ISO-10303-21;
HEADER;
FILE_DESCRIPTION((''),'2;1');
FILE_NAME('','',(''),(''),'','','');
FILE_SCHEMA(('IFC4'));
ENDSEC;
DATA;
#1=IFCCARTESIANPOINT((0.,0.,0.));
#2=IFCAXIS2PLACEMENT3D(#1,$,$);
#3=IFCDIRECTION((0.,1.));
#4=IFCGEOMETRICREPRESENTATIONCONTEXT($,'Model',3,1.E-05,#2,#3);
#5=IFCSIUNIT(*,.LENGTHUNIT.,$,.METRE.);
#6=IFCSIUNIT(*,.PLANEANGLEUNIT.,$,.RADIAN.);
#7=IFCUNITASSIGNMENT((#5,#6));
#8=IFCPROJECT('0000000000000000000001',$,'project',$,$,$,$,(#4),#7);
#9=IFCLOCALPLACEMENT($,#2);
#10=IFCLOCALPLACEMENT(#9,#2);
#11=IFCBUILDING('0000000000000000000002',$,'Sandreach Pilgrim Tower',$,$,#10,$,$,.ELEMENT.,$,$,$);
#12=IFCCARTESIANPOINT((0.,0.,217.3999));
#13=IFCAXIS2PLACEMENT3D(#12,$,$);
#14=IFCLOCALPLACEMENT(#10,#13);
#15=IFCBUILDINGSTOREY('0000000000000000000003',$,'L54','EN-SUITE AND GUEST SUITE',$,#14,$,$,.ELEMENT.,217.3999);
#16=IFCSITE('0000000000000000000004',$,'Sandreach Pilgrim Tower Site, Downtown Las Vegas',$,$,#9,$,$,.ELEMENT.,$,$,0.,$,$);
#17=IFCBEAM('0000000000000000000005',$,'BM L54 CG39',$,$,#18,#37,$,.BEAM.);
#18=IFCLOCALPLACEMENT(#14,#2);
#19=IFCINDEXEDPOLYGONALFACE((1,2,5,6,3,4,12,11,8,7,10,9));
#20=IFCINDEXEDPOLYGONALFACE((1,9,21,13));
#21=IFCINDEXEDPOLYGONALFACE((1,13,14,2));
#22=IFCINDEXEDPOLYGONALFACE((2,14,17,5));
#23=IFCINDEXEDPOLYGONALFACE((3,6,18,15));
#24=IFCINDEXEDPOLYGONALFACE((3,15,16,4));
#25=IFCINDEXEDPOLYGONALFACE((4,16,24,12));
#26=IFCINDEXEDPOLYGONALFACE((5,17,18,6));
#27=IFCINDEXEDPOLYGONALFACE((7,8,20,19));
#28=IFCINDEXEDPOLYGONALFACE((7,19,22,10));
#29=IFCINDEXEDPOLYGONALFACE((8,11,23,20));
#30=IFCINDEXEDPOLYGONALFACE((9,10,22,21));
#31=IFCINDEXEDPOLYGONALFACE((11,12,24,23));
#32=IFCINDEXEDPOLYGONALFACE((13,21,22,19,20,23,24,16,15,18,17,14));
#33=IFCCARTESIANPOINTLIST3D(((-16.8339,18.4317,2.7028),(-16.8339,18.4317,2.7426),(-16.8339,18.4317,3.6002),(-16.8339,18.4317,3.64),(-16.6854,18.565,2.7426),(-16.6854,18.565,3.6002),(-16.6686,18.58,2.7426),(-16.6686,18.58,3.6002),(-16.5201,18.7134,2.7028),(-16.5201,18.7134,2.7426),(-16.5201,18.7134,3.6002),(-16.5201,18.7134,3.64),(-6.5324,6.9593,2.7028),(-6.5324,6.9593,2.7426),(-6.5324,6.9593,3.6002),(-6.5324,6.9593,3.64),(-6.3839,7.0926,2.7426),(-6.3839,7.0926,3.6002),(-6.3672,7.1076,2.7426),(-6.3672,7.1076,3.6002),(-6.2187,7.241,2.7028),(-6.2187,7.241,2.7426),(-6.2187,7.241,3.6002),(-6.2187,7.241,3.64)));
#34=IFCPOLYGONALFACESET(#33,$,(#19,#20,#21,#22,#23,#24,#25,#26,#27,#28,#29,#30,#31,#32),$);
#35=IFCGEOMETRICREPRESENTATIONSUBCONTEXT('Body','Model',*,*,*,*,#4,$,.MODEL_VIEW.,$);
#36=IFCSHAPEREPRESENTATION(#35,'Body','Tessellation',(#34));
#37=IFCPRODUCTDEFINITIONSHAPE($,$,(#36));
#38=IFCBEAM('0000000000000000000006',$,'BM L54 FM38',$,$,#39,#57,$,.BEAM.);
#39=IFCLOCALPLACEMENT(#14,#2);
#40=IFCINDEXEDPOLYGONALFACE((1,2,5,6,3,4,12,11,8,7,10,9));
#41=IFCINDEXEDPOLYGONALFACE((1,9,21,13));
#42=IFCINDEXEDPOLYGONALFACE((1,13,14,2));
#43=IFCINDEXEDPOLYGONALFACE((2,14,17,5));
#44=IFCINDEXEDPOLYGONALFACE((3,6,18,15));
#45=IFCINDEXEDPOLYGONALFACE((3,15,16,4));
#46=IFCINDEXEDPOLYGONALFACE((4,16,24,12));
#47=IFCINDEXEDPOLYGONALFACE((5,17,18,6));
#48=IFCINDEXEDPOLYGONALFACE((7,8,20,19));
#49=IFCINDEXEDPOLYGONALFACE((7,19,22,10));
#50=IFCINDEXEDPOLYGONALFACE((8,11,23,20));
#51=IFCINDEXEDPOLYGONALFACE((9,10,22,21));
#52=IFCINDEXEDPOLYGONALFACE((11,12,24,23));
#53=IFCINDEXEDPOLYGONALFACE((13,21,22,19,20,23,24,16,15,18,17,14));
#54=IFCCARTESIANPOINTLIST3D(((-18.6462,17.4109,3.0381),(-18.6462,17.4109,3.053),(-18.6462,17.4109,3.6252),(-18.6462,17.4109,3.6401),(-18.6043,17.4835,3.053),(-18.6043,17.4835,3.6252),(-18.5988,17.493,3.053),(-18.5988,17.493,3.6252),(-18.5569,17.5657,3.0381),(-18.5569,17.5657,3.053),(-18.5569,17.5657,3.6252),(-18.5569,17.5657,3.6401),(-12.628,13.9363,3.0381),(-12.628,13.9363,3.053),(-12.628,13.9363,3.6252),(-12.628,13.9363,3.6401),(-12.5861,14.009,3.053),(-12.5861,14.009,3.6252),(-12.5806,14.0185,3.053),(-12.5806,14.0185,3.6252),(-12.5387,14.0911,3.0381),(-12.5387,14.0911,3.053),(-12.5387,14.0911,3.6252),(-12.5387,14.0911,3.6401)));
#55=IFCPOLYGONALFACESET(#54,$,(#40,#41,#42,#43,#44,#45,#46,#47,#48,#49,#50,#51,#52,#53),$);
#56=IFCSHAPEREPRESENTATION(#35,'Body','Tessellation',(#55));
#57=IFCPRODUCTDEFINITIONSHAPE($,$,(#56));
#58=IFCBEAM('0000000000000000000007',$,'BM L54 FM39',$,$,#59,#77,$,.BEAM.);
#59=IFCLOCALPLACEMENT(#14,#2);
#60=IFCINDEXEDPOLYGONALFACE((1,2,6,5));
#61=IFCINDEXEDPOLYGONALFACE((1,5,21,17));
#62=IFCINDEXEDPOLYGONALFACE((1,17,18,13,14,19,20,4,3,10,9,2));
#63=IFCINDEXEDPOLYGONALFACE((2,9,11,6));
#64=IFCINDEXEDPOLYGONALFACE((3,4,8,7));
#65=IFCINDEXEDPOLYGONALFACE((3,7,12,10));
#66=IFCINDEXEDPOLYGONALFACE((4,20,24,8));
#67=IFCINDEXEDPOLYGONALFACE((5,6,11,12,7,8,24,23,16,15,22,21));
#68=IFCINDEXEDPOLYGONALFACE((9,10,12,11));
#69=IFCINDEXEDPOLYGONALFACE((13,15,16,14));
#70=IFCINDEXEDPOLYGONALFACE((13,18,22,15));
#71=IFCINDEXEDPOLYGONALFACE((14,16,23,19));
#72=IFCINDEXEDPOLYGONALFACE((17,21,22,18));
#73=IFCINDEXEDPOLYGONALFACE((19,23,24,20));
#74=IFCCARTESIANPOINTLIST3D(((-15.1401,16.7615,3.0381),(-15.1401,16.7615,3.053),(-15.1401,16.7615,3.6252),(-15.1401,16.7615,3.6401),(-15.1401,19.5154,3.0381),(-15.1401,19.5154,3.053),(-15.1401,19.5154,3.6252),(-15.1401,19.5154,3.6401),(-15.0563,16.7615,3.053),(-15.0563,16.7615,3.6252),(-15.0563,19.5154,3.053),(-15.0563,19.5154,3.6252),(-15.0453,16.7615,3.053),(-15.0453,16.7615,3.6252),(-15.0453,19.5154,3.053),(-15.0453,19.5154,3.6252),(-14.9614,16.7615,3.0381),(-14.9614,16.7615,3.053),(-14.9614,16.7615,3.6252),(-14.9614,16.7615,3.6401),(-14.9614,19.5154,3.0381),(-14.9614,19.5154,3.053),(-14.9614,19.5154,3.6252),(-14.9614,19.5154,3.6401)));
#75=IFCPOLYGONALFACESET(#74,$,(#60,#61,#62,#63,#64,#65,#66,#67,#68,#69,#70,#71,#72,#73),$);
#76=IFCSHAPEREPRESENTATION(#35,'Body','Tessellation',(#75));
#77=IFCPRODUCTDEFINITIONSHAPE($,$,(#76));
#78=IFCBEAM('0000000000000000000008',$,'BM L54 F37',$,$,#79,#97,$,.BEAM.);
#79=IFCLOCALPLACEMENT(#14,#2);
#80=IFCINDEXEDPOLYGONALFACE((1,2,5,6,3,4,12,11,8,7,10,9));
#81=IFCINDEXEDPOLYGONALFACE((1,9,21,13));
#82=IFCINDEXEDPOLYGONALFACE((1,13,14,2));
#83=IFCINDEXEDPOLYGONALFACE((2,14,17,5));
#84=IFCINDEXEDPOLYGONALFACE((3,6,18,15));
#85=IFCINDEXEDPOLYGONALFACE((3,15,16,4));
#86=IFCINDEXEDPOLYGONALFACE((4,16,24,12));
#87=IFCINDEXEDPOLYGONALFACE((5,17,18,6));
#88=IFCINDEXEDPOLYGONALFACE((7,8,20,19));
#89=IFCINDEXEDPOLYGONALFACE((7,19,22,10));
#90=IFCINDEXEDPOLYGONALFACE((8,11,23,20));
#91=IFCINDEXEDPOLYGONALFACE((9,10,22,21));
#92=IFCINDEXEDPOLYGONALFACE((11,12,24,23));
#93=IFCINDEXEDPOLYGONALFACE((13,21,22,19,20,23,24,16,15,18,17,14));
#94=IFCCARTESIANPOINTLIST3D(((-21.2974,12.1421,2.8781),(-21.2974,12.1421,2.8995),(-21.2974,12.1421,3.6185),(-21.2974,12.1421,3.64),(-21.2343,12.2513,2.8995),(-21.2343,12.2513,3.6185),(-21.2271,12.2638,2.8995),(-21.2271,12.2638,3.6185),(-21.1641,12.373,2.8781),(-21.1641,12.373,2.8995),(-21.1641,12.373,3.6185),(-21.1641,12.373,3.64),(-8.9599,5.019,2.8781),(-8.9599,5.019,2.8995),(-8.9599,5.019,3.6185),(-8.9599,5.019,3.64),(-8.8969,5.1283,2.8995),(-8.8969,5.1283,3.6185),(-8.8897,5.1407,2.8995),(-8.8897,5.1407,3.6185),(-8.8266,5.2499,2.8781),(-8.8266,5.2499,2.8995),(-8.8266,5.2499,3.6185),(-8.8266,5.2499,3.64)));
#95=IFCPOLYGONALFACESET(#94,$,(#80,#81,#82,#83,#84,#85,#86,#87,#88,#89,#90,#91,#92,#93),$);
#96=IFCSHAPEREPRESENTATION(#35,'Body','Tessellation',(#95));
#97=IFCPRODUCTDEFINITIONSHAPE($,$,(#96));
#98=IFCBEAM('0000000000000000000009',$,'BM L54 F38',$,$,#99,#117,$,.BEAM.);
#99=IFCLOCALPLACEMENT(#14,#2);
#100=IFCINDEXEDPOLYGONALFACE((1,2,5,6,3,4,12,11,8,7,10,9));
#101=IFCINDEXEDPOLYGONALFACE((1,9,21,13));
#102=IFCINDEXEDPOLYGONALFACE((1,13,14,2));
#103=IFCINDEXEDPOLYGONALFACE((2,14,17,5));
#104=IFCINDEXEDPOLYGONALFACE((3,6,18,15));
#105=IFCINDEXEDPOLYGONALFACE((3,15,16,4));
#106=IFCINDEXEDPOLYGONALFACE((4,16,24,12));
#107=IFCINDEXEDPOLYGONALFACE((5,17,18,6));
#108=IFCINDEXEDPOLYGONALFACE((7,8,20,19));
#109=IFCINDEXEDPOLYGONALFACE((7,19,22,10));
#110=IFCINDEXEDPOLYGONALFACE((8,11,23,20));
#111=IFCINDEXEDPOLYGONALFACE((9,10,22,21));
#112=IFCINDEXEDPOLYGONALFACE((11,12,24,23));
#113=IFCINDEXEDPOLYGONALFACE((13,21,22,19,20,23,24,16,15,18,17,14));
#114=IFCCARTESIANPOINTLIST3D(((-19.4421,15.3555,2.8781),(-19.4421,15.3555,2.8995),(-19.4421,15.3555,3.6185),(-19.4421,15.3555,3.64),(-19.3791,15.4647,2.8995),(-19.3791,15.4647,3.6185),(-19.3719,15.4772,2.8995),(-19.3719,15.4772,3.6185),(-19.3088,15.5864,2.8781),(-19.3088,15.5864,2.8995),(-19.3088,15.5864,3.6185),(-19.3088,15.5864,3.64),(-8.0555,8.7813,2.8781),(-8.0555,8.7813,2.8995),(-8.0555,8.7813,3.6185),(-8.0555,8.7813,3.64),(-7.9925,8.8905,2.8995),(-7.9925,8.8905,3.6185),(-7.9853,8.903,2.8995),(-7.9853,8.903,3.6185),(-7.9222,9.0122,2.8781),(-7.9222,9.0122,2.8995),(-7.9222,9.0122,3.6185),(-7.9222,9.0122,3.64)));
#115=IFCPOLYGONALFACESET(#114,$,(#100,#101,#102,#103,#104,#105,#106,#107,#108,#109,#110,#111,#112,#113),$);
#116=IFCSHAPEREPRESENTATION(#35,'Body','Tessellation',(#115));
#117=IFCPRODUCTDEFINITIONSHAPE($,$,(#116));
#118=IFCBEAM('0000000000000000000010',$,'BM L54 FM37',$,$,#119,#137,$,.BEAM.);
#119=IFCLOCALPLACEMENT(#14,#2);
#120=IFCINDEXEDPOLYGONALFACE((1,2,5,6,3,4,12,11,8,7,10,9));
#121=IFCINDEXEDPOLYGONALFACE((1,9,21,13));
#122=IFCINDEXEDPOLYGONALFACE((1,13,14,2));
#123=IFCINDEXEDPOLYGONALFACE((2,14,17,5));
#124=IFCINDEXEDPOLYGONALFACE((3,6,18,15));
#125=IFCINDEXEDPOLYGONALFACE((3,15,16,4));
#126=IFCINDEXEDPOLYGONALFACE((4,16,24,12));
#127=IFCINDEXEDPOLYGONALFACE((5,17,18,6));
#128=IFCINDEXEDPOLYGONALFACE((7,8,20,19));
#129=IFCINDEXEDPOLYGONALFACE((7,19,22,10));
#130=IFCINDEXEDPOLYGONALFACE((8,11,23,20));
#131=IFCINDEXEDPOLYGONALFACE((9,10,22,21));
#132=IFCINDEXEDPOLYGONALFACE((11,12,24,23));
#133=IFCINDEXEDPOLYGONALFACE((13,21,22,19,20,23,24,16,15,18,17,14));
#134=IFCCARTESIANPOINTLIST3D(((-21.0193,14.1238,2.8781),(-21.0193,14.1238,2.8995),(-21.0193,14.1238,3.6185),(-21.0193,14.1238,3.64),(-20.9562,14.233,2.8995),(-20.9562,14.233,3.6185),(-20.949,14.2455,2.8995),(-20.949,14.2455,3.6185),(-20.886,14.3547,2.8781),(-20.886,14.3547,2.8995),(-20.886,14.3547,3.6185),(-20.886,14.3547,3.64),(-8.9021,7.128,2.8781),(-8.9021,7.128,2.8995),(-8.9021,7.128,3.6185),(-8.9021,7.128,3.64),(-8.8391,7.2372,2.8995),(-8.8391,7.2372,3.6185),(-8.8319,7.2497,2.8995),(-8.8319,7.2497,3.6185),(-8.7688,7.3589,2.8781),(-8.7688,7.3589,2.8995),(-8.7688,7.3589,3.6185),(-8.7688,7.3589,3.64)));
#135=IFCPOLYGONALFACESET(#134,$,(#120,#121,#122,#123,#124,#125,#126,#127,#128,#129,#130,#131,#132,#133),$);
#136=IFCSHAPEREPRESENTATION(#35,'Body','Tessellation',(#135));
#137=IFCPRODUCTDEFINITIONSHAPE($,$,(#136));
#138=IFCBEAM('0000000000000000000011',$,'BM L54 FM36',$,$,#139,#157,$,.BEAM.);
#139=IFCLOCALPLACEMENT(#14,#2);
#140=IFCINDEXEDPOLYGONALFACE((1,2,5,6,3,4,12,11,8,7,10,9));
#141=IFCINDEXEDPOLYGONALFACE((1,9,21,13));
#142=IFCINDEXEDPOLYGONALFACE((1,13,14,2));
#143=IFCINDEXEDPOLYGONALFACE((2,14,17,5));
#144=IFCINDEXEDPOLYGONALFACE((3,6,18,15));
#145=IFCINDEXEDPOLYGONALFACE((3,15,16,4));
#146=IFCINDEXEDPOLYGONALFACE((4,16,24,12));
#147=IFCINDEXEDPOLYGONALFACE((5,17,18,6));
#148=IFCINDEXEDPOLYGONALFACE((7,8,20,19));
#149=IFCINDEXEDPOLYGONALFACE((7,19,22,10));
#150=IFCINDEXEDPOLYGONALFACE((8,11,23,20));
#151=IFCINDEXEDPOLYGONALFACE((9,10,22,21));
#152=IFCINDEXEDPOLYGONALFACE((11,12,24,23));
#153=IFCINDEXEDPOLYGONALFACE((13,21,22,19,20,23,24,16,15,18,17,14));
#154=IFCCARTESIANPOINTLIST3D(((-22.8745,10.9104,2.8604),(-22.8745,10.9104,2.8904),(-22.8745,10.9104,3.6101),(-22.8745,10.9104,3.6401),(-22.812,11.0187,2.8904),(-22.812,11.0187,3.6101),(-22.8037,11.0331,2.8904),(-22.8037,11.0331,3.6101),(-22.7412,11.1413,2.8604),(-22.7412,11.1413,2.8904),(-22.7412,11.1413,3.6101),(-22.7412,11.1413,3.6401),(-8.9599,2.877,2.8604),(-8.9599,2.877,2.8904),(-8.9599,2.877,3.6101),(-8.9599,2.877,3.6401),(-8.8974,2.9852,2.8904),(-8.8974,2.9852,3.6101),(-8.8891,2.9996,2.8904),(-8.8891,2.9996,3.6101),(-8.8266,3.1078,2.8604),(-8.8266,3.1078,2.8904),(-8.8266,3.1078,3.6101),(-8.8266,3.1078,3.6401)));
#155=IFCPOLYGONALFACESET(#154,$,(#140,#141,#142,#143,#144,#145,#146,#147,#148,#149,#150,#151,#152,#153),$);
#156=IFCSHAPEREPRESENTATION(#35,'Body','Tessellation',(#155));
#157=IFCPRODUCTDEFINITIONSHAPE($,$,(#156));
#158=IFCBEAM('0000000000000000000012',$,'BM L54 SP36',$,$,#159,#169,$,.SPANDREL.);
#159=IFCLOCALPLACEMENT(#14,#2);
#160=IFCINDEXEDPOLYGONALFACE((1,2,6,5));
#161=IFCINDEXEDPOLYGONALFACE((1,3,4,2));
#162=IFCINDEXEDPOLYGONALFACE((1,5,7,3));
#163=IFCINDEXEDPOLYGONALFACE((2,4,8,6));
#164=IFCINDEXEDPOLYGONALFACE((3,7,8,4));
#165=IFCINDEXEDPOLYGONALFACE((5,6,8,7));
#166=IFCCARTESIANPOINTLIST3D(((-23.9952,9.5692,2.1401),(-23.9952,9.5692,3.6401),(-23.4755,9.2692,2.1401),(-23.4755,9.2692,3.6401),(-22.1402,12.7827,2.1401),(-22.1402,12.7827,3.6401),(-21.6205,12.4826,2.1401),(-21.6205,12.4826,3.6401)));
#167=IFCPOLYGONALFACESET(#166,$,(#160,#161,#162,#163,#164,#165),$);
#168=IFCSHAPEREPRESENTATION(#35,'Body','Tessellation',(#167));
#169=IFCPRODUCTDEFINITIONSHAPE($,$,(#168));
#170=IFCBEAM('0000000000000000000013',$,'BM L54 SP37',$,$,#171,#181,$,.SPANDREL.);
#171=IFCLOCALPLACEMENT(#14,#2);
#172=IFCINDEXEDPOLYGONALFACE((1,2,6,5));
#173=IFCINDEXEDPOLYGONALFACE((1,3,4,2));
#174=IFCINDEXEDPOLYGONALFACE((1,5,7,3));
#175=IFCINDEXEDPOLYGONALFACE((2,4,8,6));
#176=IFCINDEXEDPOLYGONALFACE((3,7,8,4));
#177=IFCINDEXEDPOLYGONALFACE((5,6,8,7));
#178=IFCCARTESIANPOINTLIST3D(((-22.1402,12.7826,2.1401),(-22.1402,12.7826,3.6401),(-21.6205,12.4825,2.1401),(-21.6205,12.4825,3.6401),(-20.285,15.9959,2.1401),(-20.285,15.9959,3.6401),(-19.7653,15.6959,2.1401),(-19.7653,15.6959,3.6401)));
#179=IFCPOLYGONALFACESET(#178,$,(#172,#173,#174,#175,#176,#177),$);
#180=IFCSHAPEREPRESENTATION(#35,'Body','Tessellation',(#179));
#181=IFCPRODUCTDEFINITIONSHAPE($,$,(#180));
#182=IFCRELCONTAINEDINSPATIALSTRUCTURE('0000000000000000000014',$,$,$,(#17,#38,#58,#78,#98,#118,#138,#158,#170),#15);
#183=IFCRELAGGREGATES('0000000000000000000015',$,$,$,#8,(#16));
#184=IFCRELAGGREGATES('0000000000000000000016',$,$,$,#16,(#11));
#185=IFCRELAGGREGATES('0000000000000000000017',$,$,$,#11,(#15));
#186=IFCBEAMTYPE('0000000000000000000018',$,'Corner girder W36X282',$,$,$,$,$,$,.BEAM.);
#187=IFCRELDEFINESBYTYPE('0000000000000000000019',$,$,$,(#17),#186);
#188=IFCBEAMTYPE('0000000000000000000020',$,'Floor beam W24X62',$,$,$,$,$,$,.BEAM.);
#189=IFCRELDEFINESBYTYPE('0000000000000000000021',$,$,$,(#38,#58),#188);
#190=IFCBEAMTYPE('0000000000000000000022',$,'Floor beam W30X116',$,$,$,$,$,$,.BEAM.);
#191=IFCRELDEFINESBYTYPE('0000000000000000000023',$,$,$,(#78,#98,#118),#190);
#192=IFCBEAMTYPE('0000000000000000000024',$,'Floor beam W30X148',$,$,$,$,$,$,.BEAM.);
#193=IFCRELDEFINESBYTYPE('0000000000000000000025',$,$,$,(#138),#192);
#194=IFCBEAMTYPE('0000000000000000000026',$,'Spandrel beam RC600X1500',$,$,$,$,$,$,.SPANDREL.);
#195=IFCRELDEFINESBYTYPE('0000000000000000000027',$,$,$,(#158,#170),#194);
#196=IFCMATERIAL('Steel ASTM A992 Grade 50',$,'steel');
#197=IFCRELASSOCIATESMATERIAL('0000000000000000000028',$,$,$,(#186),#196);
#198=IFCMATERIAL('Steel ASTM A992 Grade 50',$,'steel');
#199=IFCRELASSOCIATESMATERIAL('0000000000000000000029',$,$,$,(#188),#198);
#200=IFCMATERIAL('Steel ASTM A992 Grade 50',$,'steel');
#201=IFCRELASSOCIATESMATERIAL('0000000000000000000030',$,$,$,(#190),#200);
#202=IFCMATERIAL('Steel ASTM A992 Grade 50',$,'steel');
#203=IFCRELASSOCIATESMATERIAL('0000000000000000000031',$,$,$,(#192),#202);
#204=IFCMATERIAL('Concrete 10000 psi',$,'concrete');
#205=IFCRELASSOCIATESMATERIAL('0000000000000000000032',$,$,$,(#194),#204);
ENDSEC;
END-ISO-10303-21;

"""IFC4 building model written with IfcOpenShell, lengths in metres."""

from ifc_helpers import new_model, si_unit, direction, frame, origin, origin_2d, place, context, subcontext, project, spatial, rectangle, i_section, extrude, material, material_profile, profile_set, type_object, element, save


model = new_model("IFC4")

# Units and contexts
model_context = context("Model", 3, precision=1e-05, world=origin(), true_north=direction((0.0, 1.0)))
body_context = subcontext(model_context, "Body", "Model", "MODEL_VIEW")
ifc_project = project(units=[si_unit("LENGTHUNIT", "METRE"), si_unit("PLANEANGLEUNIT", "RADIAN")], contexts=[model_context])

# Site, building, storey
site_placement = place(None, origin())
site = spatial("IfcSite", under=ifc_project, at=site_placement, Name="Sandreach Pilgrim Tower Site, Downtown Las Vegas", CompositionType="ELEMENT", RefElevation=0.0)
building_placement = place(site_placement, origin())
building = spatial("IfcBuilding", under=site, at=building_placement, Name="Sandreach Pilgrim Tower", CompositionType="ELEMENT")
storey_placement = place(building_placement, frame((0.0, 0.0, 217.3999)))
storey = spatial("IfcBuildingStorey", under=building, at=storey_placement, Name="L54", Description="EN-SUITE AND GUEST SUITE", CompositionType="ELEMENT", Elevation=217.3999)

# Beams
ifc_material_1 = material(Name="Steel ASTM A992 Grade 50", Category="steel")
ifc_material_profile_1 = material_profile(ifc_material_1, i_section(OverallWidth=0.4216, OverallDepth=0.9373, WebThickness=0.0225, FlangeThickness=0.0398, at=origin_2d()), Name="W36X282")
ifc_profile_set_1 = profile_set([ifc_material_profile_1], Name="Steel ASTM A992 Grade 50")
beam_type_1 = type_object("IfcBeamType", Name="Corner girder W36X282", PredefinedType="BEAM", material=ifc_profile_set_1)
beam_1_placement = place(storey_placement, frame((-16.677, 18.5725, 3.1714), z_axis=(0.668117, -0.744057, 0.0), x_axis=(0.744057, 0.668117, 0.0)))
element("IfcBeam", 1, at=beam_1_placement, inside=storey, type_object=beam_type_1, Name="BM L54 CG39", PredefinedType="BEAM", context=body_context, shape_type="SweptSolid", body=[
    extrude(i_section(OverallWidth=0.4216, OverallDepth=0.9373, WebThickness=0.0225, FlangeThickness=0.0398, at=origin_2d()), origin(), (0.0, 0.0, 1.0), 15.4187),
])
ifc_material_2 = material(Name="Steel ASTM A992 Grade 50", Category="steel")
ifc_material_profile_2 = material_profile(ifc_material_2, i_section(OverallWidth=0.1787, OverallDepth=0.6021, WebThickness=0.011, FlangeThickness=0.0149, at=origin_2d()), Name="W24X62")
ifc_profile_set_2 = profile_set([ifc_material_profile_2], Name="Steel ASTM A992 Grade 50")
beam_type_2 = type_object("IfcBeamType", Name="Floor beam W24X62", PredefinedType="BEAM", material=ifc_profile_set_2)
beam_2_placement = place(storey_placement, frame((-18.6016, 17.4883, 3.3391), z_axis=(0.866029, -0.499993, 0.0), x_axis=(0.499993, 0.866029, 0.0)))
element("IfcBeam", 2, at=beam_2_placement, inside=storey, type_object=beam_type_2, Name="BM L54 FM38", PredefinedType="BEAM", context=body_context, shape_type="SweptSolid", body=[
    extrude(i_section(OverallWidth=0.1787, OverallDepth=0.6021, WebThickness=0.011, FlangeThickness=0.0149, at=origin_2d()), origin(), (0.0, 0.0, 1.0), 6.9492),
])
beam_3_placement = place(storey_placement, frame((-15.0508, 19.5154, 3.3391), z_axis=(0.0, -1.0, 0.0), x_axis=(1.0, 0.0, 0.0)))
element("IfcBeam", 3, at=beam_3_placement, inside=storey, type_object=beam_type_2, Name="BM L54 FM39", PredefinedType="BEAM", context=body_context, shape_type="SweptSolid", body=[
    extrude(i_section(OverallWidth=0.1787, OverallDepth=0.6021, WebThickness=0.011, FlangeThickness=0.0149, at=origin_2d()), origin(), (0.0, 0.0, 1.0), 2.7539),
])
ifc_material_3 = material(Name="Steel ASTM A992 Grade 50", Category="steel")
ifc_material_profile_3 = material_profile(ifc_material_3, i_section(OverallWidth=0.2666, OverallDepth=0.762, WebThickness=0.0144, FlangeThickness=0.0215, at=origin_2d()), Name="W30X116")
ifc_profile_set_3 = profile_set([ifc_material_profile_3], Name="Steel ASTM A992 Grade 50")
beam_type_3 = type_object("IfcBeamType", Name="Floor beam W30X116", PredefinedType="BEAM", material=ifc_profile_set_3)
beam_4_placement = place(storey_placement, frame((-21.2307, 12.2576, 3.259), z_axis=(0.866024, -0.500002, 0.0), x_axis=(0.500002, 0.866024, 0.0)))
element("IfcBeam", 4, at=beam_4_placement, inside=storey, type_object=beam_type_3, Name="BM L54 F37", PredefinedType="BEAM", context=body_context, shape_type="SweptSolid", body=[
    extrude(i_section(OverallWidth=0.2666, OverallDepth=0.762, WebThickness=0.0144, FlangeThickness=0.0215, at=origin_2d()), origin(), (0.0, 0.0, 1.0), 14.2461),
])
beam_5_placement = place(storey_placement, frame((-19.3755, 15.4709, 3.259), z_axis=(0.866022, -0.500005, 0.0), x_axis=(0.500005, 0.866022, 0.0)))
element("IfcBeam", 5, at=beam_5_placement, inside=storey, type_object=beam_type_3, Name="BM L54 F38", PredefinedType="BEAM", context=body_context, shape_type="SweptSolid", body=[
    extrude(i_section(OverallWidth=0.2666, OverallDepth=0.762, WebThickness=0.0144, FlangeThickness=0.0215, at=origin_2d()), origin(), (0.0, 0.0, 1.0), 13.1482),
])
beam_6_placement = place(storey_placement, frame((-20.9526, 14.2393, 3.259), z_axis=(0.866026, -0.499999, 0.0), x_axis=(0.499999, 0.866026, 0.0)))
element("IfcBeam", 6, at=beam_6_placement, inside=storey, type_object=beam_type_3, Name="BM L54 FM37", PredefinedType="BEAM", context=body_context, shape_type="SweptSolid", body=[
    extrude(i_section(OverallWidth=0.2666, OverallDepth=0.762, WebThickness=0.0144, FlangeThickness=0.0215, at=origin_2d()), origin(), (0.0, 0.0, 1.0), 13.9917),
])
ifc_material_4 = material(Name="Steel ASTM A992 Grade 50", Category="steel")
ifc_material_profile_4 = material_profile(ifc_material_4, i_section(OverallWidth=0.2666, OverallDepth=0.7798, WebThickness=0.0166, FlangeThickness=0.03, at=origin_2d()), Name="W30X148")
ifc_profile_set_4 = profile_set([ifc_material_profile_4], Name="Steel ASTM A992 Grade 50")
beam_type_4 = type_object("IfcBeamType", Name="Floor beam W30X148", PredefinedType="BEAM", material=ifc_profile_set_4)
beam_7_placement = place(storey_placement, frame((-22.8079, 11.0259, 3.2502), z_axis=(0.866029, -0.499994, 0.0), x_axis=(0.499994, 0.866029, 0.0)))
element("IfcBeam", 7, at=beam_7_placement, inside=storey, type_object=beam_type_4, Name="BM L54 FM36", PredefinedType="BEAM", context=body_context, shape_type="SweptSolid", body=[
    extrude(i_section(OverallWidth=0.2666, OverallDepth=0.7798, WebThickness=0.0166, FlangeThickness=0.03, at=origin_2d()), origin(), (0.0, 0.0, 1.0), 16.0671),
])
ifc_material_5 = material(Name="Concrete 10000 psi", Category="concrete")
ifc_material_profile_5 = material_profile(ifc_material_5, rectangle(XDim=0.6001, YDim=1.5, at=origin_2d()), Name="RC600X1500")
ifc_profile_set_5 = profile_set([ifc_material_profile_5], Name="Concrete 10000 psi")
beam_type_5 = type_object("IfcBeamType", Name="Spandrel beam RC600X1500", PredefinedType="SPANDREL", material=ifc_profile_set_5)
for number, where, z_axis, x_axis, name in (
    (8, (-23.7354, 9.4192, 2.8901), (0.499946, 0.866056, 0.0), (-0.866056, 0.499946, 0.0), "BM L54 SP36"),
    (9, (-21.8804, 12.6326, 2.8901), (0.499996, 0.866028, 0.0), (-0.866028, 0.499996, 0.0), "BM L54 SP37"),
):
    element("IfcBeam", number, at=place(storey_placement, frame(where, z_axis=z_axis, x_axis=x_axis)), inside=storey, type_object=beam_type_5, Name=name, PredefinedType="SPANDREL", context=body_context, shape_type="SweptSolid", body=[
        extrude(rectangle(XDim=0.6001, YDim=1.5, at=origin_2d()), origin(), (0.0, 0.0, 1.0), 3.7104),
    ])

save(model, "model.ifc")
